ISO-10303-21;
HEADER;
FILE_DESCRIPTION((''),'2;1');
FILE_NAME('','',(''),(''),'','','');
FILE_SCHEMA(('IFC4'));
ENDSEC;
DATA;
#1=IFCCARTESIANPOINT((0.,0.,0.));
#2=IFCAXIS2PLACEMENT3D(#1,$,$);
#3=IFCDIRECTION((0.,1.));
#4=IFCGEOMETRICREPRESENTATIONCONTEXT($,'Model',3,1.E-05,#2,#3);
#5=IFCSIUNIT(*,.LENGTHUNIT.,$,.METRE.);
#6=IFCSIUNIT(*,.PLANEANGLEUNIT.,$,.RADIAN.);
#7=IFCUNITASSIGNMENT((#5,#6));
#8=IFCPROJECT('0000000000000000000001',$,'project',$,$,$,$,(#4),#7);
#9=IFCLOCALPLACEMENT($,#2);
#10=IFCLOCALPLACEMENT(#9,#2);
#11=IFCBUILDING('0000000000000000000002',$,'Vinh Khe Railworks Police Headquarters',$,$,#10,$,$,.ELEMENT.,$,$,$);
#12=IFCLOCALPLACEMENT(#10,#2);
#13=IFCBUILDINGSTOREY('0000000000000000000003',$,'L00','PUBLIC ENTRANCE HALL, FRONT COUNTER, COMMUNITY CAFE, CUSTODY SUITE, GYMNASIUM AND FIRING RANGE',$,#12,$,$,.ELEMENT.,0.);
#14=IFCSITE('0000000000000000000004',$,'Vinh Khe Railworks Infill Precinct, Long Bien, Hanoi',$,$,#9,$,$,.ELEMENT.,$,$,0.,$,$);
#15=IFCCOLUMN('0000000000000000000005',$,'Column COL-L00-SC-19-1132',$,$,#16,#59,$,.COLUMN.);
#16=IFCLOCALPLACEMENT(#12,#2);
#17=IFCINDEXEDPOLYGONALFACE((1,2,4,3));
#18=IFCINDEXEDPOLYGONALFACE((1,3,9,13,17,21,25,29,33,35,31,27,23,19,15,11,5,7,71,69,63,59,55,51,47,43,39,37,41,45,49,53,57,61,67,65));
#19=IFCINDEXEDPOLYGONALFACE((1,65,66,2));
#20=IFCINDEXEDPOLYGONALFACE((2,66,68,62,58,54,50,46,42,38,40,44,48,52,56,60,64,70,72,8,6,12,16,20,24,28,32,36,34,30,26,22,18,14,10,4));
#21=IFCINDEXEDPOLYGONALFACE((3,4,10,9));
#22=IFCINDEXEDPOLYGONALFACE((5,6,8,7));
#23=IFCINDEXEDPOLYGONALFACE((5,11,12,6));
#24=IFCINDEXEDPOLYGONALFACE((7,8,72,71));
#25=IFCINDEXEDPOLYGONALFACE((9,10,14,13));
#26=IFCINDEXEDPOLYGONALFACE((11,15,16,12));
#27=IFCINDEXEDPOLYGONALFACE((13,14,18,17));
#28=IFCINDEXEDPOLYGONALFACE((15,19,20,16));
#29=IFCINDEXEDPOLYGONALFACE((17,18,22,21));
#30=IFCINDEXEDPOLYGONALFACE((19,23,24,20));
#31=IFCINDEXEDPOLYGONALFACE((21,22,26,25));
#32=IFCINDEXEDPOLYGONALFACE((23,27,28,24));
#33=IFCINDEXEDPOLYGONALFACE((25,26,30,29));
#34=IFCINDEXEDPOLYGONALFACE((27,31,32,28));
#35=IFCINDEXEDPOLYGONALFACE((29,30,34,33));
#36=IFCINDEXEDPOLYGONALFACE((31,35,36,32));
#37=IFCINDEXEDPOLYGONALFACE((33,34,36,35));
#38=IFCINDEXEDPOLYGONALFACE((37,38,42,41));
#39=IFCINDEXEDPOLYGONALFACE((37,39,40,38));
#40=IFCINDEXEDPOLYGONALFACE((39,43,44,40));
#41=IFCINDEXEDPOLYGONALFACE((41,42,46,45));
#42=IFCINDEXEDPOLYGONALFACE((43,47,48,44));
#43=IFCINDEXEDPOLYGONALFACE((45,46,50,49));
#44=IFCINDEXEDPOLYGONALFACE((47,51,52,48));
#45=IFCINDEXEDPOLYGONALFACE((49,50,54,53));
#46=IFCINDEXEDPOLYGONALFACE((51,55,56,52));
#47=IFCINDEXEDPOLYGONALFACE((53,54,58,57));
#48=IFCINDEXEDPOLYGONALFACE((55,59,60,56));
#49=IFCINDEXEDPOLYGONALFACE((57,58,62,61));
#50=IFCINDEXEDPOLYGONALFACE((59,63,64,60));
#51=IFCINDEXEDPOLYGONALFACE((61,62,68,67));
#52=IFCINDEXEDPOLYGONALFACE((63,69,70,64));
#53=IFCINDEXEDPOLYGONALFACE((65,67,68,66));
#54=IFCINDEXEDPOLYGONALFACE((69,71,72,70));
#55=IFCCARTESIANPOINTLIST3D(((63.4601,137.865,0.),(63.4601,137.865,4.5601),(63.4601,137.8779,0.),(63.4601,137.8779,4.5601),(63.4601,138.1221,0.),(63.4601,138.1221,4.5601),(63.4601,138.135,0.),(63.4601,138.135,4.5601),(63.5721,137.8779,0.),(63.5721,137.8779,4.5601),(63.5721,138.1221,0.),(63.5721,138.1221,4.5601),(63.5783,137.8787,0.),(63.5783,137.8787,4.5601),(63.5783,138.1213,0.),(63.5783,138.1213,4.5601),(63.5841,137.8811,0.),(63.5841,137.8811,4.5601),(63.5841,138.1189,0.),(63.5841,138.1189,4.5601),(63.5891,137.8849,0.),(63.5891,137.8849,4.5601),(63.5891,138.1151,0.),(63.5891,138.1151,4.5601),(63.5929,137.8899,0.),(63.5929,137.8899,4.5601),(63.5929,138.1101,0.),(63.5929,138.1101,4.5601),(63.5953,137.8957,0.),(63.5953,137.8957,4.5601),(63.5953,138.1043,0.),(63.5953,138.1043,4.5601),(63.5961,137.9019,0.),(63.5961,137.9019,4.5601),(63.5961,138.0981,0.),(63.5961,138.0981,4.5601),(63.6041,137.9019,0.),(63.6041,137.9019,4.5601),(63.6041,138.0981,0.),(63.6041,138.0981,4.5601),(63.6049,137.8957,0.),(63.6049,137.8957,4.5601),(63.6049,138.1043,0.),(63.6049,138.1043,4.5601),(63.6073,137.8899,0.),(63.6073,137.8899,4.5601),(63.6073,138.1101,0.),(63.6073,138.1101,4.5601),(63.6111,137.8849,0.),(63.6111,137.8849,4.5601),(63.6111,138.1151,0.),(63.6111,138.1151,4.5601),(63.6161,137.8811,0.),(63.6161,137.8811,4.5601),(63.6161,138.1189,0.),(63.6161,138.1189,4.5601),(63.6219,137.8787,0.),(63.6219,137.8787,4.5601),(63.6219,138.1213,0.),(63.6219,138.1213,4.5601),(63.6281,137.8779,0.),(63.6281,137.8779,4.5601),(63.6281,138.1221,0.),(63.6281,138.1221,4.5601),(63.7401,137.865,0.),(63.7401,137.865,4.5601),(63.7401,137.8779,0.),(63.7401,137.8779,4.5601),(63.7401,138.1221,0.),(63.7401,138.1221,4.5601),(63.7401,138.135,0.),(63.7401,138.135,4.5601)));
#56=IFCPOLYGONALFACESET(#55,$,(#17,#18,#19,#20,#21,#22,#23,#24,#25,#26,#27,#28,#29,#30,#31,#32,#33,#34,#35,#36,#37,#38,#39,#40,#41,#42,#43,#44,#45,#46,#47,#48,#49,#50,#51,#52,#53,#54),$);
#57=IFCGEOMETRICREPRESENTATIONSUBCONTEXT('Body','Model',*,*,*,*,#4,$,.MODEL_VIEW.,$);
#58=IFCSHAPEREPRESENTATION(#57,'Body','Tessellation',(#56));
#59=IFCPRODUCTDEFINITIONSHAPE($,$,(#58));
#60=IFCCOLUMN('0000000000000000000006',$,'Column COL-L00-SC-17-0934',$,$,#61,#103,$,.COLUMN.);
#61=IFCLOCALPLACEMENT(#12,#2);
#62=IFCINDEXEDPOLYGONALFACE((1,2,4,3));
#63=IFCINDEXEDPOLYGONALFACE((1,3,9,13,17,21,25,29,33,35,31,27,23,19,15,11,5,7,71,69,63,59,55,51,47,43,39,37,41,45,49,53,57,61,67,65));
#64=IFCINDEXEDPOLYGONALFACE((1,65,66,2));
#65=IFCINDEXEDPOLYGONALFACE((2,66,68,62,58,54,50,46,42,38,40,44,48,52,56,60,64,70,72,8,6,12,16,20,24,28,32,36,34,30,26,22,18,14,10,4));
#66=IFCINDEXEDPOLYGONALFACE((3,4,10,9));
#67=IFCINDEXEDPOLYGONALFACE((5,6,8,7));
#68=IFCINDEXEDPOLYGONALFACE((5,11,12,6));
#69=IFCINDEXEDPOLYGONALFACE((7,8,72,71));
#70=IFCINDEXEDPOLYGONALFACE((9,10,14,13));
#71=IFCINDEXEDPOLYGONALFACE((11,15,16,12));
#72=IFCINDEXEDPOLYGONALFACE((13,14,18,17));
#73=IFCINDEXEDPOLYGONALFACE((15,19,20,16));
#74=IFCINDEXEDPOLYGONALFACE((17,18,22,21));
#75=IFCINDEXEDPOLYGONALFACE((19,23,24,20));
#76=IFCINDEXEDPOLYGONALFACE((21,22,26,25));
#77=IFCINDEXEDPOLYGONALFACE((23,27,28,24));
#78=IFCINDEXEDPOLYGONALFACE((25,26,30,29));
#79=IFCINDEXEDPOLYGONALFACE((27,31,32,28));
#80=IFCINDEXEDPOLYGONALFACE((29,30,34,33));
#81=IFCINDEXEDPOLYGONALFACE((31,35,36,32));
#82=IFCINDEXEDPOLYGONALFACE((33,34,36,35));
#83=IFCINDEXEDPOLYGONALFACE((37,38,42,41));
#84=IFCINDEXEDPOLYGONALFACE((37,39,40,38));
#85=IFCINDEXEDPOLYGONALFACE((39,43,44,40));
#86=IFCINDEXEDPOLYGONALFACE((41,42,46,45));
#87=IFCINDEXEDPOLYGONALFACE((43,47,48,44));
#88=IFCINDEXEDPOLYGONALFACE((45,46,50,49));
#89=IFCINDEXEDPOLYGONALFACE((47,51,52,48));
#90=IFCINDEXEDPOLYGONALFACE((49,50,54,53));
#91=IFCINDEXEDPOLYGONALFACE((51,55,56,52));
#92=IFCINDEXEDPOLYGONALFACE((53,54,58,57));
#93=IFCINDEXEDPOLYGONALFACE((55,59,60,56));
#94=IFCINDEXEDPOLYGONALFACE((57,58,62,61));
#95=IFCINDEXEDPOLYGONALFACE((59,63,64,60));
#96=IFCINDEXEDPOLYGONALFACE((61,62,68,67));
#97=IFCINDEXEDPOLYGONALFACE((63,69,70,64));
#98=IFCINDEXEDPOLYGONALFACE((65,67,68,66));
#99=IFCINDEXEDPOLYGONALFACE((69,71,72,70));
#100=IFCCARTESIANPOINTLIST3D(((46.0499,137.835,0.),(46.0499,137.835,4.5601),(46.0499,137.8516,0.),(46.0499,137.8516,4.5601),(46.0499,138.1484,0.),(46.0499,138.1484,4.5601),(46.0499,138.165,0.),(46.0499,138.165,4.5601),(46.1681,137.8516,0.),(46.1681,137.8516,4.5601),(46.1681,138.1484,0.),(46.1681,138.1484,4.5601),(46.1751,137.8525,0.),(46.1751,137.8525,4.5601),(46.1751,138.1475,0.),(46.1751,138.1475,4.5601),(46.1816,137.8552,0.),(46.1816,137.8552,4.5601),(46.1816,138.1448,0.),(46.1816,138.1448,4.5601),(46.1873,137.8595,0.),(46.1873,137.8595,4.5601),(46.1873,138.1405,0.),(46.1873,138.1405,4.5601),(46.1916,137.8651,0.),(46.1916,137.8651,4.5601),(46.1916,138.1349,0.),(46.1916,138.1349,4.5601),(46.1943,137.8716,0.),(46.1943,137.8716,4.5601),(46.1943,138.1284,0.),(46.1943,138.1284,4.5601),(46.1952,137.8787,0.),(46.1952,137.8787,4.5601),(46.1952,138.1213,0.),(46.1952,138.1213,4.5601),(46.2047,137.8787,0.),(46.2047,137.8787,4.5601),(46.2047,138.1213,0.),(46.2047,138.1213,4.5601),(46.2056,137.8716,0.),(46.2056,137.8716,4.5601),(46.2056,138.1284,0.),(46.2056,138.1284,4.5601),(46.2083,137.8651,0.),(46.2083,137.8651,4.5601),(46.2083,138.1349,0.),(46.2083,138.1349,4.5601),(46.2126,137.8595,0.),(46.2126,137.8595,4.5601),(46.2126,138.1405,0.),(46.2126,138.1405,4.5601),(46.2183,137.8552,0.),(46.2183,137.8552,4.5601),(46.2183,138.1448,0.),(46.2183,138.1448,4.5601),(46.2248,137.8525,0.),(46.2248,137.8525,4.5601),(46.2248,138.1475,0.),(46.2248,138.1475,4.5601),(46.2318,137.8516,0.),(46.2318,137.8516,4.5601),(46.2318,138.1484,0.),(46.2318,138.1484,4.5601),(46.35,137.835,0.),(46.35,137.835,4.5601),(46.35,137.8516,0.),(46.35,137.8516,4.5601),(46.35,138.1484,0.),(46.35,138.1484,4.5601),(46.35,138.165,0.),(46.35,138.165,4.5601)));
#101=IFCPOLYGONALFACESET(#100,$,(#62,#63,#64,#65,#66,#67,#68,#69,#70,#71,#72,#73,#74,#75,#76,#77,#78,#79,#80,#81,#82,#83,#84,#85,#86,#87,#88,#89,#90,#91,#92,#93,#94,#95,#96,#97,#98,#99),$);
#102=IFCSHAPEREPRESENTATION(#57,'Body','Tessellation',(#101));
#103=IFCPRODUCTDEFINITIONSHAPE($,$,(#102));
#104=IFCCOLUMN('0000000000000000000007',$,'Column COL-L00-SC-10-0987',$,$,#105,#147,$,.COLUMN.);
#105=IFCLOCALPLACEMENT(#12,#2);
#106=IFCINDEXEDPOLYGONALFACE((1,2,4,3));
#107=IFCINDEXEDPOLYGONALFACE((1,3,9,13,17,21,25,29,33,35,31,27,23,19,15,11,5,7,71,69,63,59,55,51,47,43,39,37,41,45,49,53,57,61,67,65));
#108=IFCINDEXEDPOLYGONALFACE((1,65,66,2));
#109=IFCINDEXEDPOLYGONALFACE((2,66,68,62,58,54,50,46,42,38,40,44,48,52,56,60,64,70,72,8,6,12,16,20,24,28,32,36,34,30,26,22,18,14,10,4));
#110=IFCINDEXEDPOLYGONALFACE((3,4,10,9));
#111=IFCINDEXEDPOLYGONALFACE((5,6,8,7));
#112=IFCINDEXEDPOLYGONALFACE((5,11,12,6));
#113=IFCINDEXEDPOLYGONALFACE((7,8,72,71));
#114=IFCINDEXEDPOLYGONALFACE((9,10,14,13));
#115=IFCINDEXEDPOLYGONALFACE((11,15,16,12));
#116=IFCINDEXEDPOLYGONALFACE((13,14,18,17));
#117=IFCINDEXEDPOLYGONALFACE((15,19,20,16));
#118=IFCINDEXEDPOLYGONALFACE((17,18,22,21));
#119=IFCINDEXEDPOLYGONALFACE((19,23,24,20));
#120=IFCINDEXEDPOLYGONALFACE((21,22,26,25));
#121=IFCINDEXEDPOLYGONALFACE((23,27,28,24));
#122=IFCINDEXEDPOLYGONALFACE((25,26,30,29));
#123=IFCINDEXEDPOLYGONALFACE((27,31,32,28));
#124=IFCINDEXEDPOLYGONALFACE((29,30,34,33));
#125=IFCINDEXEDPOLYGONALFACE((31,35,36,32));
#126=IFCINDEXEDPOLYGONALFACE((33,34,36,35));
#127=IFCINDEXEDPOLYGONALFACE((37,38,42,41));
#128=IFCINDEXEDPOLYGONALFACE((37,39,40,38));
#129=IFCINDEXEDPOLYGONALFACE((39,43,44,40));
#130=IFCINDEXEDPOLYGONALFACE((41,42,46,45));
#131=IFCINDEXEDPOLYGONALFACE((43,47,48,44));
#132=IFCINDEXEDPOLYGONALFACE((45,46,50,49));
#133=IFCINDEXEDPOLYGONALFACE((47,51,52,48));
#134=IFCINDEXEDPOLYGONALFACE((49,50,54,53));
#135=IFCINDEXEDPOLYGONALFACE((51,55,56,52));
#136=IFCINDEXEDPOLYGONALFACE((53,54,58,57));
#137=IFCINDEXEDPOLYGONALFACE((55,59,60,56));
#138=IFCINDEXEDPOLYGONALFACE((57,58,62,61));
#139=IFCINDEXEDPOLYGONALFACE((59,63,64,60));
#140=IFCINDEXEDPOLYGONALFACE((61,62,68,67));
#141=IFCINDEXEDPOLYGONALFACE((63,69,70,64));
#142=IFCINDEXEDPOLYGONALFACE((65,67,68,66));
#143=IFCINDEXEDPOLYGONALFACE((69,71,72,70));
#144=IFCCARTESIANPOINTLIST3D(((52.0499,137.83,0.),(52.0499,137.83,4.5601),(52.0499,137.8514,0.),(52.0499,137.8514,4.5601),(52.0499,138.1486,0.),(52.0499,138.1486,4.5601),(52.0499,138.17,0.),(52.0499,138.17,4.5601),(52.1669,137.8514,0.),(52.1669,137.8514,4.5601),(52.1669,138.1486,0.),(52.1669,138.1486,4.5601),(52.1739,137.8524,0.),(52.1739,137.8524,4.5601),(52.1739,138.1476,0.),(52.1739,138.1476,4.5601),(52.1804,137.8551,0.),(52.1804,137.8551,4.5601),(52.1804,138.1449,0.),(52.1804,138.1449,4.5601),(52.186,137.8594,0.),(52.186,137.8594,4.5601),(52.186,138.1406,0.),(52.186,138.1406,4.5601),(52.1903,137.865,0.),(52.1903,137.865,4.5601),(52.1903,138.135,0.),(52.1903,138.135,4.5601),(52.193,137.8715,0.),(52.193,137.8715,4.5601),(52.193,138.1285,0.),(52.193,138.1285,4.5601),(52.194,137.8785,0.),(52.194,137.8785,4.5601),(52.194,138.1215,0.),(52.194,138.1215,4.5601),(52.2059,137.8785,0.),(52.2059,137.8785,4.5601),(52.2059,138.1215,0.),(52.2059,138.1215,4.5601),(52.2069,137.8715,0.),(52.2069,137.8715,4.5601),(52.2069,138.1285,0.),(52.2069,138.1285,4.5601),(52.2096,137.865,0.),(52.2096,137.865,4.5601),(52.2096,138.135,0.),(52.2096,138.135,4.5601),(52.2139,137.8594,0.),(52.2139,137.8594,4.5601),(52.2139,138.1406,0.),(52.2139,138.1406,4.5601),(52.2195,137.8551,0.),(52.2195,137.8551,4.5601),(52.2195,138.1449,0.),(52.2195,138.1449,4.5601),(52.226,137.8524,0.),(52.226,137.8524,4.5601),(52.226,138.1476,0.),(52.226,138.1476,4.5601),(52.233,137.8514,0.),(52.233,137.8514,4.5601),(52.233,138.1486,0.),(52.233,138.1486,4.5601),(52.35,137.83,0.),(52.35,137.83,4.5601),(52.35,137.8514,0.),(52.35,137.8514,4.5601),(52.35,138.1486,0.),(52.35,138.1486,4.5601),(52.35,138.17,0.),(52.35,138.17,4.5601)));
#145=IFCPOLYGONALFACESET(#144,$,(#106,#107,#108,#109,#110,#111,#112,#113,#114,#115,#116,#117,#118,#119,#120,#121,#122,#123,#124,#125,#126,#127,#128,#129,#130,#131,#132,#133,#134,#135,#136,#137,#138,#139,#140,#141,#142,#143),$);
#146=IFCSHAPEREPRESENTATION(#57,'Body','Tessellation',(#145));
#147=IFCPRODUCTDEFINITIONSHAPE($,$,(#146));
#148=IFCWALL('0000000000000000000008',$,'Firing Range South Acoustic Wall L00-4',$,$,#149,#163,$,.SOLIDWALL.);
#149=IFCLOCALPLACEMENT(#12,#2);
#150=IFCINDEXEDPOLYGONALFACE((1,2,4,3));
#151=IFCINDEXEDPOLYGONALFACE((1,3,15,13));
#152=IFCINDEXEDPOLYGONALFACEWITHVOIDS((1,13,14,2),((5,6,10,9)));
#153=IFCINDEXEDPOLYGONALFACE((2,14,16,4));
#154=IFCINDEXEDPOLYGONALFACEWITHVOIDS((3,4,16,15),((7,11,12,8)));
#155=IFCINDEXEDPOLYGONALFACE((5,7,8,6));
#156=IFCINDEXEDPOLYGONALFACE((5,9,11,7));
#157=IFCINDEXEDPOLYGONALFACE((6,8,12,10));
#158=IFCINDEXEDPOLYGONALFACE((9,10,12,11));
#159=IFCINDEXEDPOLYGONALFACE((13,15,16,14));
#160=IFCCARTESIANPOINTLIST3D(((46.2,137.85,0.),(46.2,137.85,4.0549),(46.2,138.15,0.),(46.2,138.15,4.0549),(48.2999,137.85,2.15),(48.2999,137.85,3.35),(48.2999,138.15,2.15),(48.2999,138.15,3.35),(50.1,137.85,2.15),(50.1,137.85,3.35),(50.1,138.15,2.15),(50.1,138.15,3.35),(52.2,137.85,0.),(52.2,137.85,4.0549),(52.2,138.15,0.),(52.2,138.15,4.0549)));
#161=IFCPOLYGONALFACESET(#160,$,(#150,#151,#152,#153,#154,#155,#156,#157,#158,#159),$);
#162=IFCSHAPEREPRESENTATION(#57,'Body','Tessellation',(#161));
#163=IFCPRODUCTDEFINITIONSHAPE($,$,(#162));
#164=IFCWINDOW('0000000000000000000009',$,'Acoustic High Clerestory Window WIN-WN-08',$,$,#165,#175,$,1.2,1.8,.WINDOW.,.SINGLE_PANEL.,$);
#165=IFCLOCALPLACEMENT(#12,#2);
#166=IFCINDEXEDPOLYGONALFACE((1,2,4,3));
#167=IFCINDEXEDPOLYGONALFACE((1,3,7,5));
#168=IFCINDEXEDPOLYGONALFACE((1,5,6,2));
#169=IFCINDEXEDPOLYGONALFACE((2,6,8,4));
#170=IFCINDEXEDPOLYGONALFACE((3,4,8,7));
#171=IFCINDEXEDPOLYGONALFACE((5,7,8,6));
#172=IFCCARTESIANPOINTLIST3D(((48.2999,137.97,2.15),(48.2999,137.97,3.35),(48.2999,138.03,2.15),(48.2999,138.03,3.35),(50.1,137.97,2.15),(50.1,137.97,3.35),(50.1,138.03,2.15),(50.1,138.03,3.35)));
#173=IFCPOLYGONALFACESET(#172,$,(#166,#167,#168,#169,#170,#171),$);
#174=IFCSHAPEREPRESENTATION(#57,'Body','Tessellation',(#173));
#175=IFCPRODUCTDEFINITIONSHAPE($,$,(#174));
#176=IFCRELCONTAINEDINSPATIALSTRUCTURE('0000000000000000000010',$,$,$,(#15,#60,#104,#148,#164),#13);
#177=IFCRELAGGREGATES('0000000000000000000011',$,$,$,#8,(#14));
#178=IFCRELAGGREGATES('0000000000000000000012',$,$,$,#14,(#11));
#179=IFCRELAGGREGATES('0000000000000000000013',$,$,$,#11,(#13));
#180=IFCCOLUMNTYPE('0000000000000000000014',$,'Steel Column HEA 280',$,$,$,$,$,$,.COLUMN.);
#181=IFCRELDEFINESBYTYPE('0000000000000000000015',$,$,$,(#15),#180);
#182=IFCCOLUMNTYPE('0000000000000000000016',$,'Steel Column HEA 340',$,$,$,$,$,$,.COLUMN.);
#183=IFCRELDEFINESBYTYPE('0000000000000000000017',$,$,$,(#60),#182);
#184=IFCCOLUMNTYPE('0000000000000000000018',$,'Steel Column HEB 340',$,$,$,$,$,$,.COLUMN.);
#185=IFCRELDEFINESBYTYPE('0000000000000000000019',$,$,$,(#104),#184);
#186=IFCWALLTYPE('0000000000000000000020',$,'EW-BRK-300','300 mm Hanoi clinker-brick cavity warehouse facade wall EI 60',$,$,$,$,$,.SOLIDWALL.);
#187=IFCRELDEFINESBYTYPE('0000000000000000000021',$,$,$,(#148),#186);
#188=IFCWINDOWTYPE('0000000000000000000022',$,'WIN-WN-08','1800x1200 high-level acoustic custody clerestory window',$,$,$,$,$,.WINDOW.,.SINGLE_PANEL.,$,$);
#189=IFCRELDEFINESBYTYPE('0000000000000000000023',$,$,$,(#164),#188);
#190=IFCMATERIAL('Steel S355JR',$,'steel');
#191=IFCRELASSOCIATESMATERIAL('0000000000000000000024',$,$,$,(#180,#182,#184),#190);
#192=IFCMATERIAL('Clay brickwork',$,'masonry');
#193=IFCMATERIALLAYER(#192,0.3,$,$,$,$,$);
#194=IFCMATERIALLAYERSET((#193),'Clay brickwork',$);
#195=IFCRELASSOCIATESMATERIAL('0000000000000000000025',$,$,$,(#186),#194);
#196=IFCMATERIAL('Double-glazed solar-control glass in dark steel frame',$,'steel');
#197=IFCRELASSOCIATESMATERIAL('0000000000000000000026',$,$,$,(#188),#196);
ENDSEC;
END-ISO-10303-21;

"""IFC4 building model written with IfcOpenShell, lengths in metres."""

from ifc_helpers import new_model, si_unit, direction, frame, frame_2d, origin, origin_2d, place, context, subcontext, project, spatial, rectangle, i_section, extrude, material, layer, layer_set, material_profile, profile_set, type_object, element, fill, save


model = new_model("IFC4")

# Units and contexts
model_context = context("Model", 3, precision=1e-05, world=origin(), true_north=direction((0.0, 1.0)))
body_context = subcontext(model_context, "Body", "Model", "MODEL_VIEW")
ifc_project = project(units=[si_unit("LENGTHUNIT", "METRE"), si_unit("PLANEANGLEUNIT", "RADIAN")], contexts=[model_context])

# Site, building, storey
site_placement = place(None, origin())
site = spatial("IfcSite", under=ifc_project, at=site_placement, Name="Vinh Khe Railworks Infill Precinct, Long Bien, Hanoi", CompositionType="ELEMENT", RefElevation=0.0)
building_placement = place(site_placement, origin())
building = spatial("IfcBuilding", under=site, at=building_placement, Name="Vinh Khe Railworks Police Headquarters", CompositionType="ELEMENT")
storey_placement = place(building_placement, origin())
storey = spatial("IfcBuildingStorey", under=building, at=storey_placement, Name="L00", Description="PUBLIC ENTRANCE HALL, FRONT COUNTER, COMMUNITY CAFE, CUSTODY SUITE, GYMNASIUM AND FIRING RANGE", CompositionType="ELEMENT", Elevation=0.0)

# Columns
ifc_material_1 = material(Name="Steel S355JR", Category="steel")
ifc_material_profile_1 = material_profile(ifc_material_1, i_section(OverallWidth=0.28, OverallDepth=0.27, WebThickness=0.0081, FlangeThickness=0.0129, FilletRadius=0.0239, at=origin_2d()), Name="HEA 280")
ifc_profile_set_1 = profile_set([ifc_material_profile_1], Name="Steel S355JR")
column_type_1 = type_object("IfcColumnType", Name="Steel Column HEA 280", PredefinedType="COLUMN", material=ifc_profile_set_1)
column_1_placement = place(storey_placement, frame((63.6001, 138.0, 0.0), z_axis=(0.0, 0.0, 1.0), x_axis=(1.0, 0.0, 0.0)))
element("IfcColumn", 1, at=column_1_placement, inside=storey, type_object=column_type_1, Name="Column COL-L00-SC-19-1132", PredefinedType="COLUMN", context=body_context, shape_type="SweptSolid", body=[
    extrude(i_section(OverallWidth=0.28, OverallDepth=0.27, WebThickness=0.0081, FlangeThickness=0.0129, FilletRadius=0.0239, at=origin_2d()), origin(), (0.0, 0.0, 1.0), 4.5601),
])
ifc_material_profile_2 = material_profile(ifc_material_1, i_section(OverallWidth=0.3, OverallDepth=0.3301, WebThickness=0.0095, FlangeThickness=0.0166, FilletRadius=0.0271, at=origin_2d()), Name="HEA 340")
ifc_profile_set_2 = profile_set([ifc_material_profile_2], Name="Steel S355JR")
column_type_2 = type_object("IfcColumnType", Name="Steel Column HEA 340", PredefinedType="COLUMN", material=ifc_profile_set_2)
column_2_placement = place(storey_placement, frame((46.2, 138.0, 0.0), z_axis=(0.0, 0.0, 1.0), x_axis=(1.0, 0.0, 0.0)))
element("IfcColumn", 2, at=column_2_placement, inside=storey, type_object=column_type_2, Name="Column COL-L00-SC-17-0934", PredefinedType="COLUMN", context=body_context, shape_type="SweptSolid", body=[
    extrude(i_section(OverallWidth=0.3, OverallDepth=0.3301, WebThickness=0.0095, FlangeThickness=0.0166, FilletRadius=0.0271, at=origin_2d()), origin(), (0.0, 0.0, 1.0), 4.5601),
])
ifc_material_profile_3 = material_profile(ifc_material_1, i_section(OverallWidth=0.3, OverallDepth=0.3401, WebThickness=0.012, FlangeThickness=0.0215, FilletRadius=0.0271, at=origin_2d()), Name="HEB 340")
ifc_profile_set_3 = profile_set([ifc_material_profile_3], Name="Steel S355JR")
column_type_3 = type_object("IfcColumnType", Name="Steel Column HEB 340", PredefinedType="COLUMN", material=ifc_profile_set_3)
column_3_placement = place(storey_placement, frame((52.2, 138.0, 0.0), z_axis=(0.0, 0.0, 1.0), x_axis=(1.0, 0.0, 0.0)))
element("IfcColumn", 3, at=column_3_placement, inside=storey, type_object=column_type_3, Name="Column COL-L00-SC-10-0987", PredefinedType="COLUMN", context=body_context, shape_type="SweptSolid", body=[
    extrude(i_section(OverallWidth=0.3, OverallDepth=0.3401, WebThickness=0.012, FlangeThickness=0.0215, FilletRadius=0.0271, at=origin_2d()), origin(), (0.0, 0.0, 1.0), 4.5601),
])

# Wall, opening, window
ifc_material_2 = material(Name="Clay brickwork", Category="masonry")
ifc_layer = layer(ifc_material_2, 0.3)
ifc_layer_set = layer_set([ifc_layer], Name="Clay brickwork")
wall_type = type_object("IfcWallType", Name="EW-BRK-300", Description="300 mm Hanoi clinker-brick cavity warehouse facade wall EI 60", PredefinedType="SOLIDWALL", material=ifc_layer_set)
wall_1_placement = place(storey_placement, frame((46.2, 138.0, 0.0), z_axis=(0.0, 0.0, 1.0), x_axis=(1.0, 0.0, 0.0)))
wall_1 = element("IfcWall", 4, at=wall_1_placement, inside=storey, type_object=wall_type, Name="Firing Range South Acoustic Wall L00-4", PredefinedType="SOLIDWALL", context=body_context, shape_type="SweptSolid", body=[
    extrude(rectangle(XDim=6.0, YDim=0.3, at=frame_2d((3.0, 0.0))), origin(), (0.0, 0.0, 1.0), 4.0549),
])
opening_1_placement = place(wall_1_placement, frame((2.1001, 0.0, 2.1499)))
opening_1 = element("IfcOpeningElement", 5, at=opening_1_placement, cuts=wall_1, PredefinedType="OPENING", context=body_context, shape_type="SweptSolid", body=[
    extrude(rectangle(XDim=1.8, YDim=1.2, at=frame_2d((0.8999, 0.6001))), frame((0.0, 0.165, 0.0), z_axis=(0.0, -1.0, 0.0), x_axis=(1.0, 0.0, 0.0)), (0.0, 0.0, 1.0), 0.3298),
])
ifc_material_3 = material(Name="Double-glazed solar-control glass in dark steel frame", Category="steel")
window_type = type_object("IfcWindowType", Name="WIN-WN-08", Description="1800x1200 high-level acoustic custody clerestory window", PartitioningType="SINGLE_PANEL", PredefinedType="WINDOW", material=ifc_material_3)
window_1_placement = place(opening_1_placement, origin())
window_1 = element("IfcWindow", 6, at=window_1_placement, inside=storey, type_object=window_type, Name="Acoustic High Clerestory Window WIN-WN-08", OverallHeight=1.2, OverallWidth=1.8, PartitioningType="SINGLE_PANEL", PredefinedType="WINDOW", context=body_context, shape_type="SweptSolid", body=[
    extrude(rectangle(XDim=1.8, YDim=1.2, at=frame_2d((0.8999, 0.6001))), frame((0.0, 0.03, 0.0), z_axis=(0.0, -1.0, 0.0), x_axis=(1.0, 0.0, 0.0)), (0.0, 0.0, 1.0), 0.0601),
])
fill(opening_1, window_1)

save(model, "model.ifc")
